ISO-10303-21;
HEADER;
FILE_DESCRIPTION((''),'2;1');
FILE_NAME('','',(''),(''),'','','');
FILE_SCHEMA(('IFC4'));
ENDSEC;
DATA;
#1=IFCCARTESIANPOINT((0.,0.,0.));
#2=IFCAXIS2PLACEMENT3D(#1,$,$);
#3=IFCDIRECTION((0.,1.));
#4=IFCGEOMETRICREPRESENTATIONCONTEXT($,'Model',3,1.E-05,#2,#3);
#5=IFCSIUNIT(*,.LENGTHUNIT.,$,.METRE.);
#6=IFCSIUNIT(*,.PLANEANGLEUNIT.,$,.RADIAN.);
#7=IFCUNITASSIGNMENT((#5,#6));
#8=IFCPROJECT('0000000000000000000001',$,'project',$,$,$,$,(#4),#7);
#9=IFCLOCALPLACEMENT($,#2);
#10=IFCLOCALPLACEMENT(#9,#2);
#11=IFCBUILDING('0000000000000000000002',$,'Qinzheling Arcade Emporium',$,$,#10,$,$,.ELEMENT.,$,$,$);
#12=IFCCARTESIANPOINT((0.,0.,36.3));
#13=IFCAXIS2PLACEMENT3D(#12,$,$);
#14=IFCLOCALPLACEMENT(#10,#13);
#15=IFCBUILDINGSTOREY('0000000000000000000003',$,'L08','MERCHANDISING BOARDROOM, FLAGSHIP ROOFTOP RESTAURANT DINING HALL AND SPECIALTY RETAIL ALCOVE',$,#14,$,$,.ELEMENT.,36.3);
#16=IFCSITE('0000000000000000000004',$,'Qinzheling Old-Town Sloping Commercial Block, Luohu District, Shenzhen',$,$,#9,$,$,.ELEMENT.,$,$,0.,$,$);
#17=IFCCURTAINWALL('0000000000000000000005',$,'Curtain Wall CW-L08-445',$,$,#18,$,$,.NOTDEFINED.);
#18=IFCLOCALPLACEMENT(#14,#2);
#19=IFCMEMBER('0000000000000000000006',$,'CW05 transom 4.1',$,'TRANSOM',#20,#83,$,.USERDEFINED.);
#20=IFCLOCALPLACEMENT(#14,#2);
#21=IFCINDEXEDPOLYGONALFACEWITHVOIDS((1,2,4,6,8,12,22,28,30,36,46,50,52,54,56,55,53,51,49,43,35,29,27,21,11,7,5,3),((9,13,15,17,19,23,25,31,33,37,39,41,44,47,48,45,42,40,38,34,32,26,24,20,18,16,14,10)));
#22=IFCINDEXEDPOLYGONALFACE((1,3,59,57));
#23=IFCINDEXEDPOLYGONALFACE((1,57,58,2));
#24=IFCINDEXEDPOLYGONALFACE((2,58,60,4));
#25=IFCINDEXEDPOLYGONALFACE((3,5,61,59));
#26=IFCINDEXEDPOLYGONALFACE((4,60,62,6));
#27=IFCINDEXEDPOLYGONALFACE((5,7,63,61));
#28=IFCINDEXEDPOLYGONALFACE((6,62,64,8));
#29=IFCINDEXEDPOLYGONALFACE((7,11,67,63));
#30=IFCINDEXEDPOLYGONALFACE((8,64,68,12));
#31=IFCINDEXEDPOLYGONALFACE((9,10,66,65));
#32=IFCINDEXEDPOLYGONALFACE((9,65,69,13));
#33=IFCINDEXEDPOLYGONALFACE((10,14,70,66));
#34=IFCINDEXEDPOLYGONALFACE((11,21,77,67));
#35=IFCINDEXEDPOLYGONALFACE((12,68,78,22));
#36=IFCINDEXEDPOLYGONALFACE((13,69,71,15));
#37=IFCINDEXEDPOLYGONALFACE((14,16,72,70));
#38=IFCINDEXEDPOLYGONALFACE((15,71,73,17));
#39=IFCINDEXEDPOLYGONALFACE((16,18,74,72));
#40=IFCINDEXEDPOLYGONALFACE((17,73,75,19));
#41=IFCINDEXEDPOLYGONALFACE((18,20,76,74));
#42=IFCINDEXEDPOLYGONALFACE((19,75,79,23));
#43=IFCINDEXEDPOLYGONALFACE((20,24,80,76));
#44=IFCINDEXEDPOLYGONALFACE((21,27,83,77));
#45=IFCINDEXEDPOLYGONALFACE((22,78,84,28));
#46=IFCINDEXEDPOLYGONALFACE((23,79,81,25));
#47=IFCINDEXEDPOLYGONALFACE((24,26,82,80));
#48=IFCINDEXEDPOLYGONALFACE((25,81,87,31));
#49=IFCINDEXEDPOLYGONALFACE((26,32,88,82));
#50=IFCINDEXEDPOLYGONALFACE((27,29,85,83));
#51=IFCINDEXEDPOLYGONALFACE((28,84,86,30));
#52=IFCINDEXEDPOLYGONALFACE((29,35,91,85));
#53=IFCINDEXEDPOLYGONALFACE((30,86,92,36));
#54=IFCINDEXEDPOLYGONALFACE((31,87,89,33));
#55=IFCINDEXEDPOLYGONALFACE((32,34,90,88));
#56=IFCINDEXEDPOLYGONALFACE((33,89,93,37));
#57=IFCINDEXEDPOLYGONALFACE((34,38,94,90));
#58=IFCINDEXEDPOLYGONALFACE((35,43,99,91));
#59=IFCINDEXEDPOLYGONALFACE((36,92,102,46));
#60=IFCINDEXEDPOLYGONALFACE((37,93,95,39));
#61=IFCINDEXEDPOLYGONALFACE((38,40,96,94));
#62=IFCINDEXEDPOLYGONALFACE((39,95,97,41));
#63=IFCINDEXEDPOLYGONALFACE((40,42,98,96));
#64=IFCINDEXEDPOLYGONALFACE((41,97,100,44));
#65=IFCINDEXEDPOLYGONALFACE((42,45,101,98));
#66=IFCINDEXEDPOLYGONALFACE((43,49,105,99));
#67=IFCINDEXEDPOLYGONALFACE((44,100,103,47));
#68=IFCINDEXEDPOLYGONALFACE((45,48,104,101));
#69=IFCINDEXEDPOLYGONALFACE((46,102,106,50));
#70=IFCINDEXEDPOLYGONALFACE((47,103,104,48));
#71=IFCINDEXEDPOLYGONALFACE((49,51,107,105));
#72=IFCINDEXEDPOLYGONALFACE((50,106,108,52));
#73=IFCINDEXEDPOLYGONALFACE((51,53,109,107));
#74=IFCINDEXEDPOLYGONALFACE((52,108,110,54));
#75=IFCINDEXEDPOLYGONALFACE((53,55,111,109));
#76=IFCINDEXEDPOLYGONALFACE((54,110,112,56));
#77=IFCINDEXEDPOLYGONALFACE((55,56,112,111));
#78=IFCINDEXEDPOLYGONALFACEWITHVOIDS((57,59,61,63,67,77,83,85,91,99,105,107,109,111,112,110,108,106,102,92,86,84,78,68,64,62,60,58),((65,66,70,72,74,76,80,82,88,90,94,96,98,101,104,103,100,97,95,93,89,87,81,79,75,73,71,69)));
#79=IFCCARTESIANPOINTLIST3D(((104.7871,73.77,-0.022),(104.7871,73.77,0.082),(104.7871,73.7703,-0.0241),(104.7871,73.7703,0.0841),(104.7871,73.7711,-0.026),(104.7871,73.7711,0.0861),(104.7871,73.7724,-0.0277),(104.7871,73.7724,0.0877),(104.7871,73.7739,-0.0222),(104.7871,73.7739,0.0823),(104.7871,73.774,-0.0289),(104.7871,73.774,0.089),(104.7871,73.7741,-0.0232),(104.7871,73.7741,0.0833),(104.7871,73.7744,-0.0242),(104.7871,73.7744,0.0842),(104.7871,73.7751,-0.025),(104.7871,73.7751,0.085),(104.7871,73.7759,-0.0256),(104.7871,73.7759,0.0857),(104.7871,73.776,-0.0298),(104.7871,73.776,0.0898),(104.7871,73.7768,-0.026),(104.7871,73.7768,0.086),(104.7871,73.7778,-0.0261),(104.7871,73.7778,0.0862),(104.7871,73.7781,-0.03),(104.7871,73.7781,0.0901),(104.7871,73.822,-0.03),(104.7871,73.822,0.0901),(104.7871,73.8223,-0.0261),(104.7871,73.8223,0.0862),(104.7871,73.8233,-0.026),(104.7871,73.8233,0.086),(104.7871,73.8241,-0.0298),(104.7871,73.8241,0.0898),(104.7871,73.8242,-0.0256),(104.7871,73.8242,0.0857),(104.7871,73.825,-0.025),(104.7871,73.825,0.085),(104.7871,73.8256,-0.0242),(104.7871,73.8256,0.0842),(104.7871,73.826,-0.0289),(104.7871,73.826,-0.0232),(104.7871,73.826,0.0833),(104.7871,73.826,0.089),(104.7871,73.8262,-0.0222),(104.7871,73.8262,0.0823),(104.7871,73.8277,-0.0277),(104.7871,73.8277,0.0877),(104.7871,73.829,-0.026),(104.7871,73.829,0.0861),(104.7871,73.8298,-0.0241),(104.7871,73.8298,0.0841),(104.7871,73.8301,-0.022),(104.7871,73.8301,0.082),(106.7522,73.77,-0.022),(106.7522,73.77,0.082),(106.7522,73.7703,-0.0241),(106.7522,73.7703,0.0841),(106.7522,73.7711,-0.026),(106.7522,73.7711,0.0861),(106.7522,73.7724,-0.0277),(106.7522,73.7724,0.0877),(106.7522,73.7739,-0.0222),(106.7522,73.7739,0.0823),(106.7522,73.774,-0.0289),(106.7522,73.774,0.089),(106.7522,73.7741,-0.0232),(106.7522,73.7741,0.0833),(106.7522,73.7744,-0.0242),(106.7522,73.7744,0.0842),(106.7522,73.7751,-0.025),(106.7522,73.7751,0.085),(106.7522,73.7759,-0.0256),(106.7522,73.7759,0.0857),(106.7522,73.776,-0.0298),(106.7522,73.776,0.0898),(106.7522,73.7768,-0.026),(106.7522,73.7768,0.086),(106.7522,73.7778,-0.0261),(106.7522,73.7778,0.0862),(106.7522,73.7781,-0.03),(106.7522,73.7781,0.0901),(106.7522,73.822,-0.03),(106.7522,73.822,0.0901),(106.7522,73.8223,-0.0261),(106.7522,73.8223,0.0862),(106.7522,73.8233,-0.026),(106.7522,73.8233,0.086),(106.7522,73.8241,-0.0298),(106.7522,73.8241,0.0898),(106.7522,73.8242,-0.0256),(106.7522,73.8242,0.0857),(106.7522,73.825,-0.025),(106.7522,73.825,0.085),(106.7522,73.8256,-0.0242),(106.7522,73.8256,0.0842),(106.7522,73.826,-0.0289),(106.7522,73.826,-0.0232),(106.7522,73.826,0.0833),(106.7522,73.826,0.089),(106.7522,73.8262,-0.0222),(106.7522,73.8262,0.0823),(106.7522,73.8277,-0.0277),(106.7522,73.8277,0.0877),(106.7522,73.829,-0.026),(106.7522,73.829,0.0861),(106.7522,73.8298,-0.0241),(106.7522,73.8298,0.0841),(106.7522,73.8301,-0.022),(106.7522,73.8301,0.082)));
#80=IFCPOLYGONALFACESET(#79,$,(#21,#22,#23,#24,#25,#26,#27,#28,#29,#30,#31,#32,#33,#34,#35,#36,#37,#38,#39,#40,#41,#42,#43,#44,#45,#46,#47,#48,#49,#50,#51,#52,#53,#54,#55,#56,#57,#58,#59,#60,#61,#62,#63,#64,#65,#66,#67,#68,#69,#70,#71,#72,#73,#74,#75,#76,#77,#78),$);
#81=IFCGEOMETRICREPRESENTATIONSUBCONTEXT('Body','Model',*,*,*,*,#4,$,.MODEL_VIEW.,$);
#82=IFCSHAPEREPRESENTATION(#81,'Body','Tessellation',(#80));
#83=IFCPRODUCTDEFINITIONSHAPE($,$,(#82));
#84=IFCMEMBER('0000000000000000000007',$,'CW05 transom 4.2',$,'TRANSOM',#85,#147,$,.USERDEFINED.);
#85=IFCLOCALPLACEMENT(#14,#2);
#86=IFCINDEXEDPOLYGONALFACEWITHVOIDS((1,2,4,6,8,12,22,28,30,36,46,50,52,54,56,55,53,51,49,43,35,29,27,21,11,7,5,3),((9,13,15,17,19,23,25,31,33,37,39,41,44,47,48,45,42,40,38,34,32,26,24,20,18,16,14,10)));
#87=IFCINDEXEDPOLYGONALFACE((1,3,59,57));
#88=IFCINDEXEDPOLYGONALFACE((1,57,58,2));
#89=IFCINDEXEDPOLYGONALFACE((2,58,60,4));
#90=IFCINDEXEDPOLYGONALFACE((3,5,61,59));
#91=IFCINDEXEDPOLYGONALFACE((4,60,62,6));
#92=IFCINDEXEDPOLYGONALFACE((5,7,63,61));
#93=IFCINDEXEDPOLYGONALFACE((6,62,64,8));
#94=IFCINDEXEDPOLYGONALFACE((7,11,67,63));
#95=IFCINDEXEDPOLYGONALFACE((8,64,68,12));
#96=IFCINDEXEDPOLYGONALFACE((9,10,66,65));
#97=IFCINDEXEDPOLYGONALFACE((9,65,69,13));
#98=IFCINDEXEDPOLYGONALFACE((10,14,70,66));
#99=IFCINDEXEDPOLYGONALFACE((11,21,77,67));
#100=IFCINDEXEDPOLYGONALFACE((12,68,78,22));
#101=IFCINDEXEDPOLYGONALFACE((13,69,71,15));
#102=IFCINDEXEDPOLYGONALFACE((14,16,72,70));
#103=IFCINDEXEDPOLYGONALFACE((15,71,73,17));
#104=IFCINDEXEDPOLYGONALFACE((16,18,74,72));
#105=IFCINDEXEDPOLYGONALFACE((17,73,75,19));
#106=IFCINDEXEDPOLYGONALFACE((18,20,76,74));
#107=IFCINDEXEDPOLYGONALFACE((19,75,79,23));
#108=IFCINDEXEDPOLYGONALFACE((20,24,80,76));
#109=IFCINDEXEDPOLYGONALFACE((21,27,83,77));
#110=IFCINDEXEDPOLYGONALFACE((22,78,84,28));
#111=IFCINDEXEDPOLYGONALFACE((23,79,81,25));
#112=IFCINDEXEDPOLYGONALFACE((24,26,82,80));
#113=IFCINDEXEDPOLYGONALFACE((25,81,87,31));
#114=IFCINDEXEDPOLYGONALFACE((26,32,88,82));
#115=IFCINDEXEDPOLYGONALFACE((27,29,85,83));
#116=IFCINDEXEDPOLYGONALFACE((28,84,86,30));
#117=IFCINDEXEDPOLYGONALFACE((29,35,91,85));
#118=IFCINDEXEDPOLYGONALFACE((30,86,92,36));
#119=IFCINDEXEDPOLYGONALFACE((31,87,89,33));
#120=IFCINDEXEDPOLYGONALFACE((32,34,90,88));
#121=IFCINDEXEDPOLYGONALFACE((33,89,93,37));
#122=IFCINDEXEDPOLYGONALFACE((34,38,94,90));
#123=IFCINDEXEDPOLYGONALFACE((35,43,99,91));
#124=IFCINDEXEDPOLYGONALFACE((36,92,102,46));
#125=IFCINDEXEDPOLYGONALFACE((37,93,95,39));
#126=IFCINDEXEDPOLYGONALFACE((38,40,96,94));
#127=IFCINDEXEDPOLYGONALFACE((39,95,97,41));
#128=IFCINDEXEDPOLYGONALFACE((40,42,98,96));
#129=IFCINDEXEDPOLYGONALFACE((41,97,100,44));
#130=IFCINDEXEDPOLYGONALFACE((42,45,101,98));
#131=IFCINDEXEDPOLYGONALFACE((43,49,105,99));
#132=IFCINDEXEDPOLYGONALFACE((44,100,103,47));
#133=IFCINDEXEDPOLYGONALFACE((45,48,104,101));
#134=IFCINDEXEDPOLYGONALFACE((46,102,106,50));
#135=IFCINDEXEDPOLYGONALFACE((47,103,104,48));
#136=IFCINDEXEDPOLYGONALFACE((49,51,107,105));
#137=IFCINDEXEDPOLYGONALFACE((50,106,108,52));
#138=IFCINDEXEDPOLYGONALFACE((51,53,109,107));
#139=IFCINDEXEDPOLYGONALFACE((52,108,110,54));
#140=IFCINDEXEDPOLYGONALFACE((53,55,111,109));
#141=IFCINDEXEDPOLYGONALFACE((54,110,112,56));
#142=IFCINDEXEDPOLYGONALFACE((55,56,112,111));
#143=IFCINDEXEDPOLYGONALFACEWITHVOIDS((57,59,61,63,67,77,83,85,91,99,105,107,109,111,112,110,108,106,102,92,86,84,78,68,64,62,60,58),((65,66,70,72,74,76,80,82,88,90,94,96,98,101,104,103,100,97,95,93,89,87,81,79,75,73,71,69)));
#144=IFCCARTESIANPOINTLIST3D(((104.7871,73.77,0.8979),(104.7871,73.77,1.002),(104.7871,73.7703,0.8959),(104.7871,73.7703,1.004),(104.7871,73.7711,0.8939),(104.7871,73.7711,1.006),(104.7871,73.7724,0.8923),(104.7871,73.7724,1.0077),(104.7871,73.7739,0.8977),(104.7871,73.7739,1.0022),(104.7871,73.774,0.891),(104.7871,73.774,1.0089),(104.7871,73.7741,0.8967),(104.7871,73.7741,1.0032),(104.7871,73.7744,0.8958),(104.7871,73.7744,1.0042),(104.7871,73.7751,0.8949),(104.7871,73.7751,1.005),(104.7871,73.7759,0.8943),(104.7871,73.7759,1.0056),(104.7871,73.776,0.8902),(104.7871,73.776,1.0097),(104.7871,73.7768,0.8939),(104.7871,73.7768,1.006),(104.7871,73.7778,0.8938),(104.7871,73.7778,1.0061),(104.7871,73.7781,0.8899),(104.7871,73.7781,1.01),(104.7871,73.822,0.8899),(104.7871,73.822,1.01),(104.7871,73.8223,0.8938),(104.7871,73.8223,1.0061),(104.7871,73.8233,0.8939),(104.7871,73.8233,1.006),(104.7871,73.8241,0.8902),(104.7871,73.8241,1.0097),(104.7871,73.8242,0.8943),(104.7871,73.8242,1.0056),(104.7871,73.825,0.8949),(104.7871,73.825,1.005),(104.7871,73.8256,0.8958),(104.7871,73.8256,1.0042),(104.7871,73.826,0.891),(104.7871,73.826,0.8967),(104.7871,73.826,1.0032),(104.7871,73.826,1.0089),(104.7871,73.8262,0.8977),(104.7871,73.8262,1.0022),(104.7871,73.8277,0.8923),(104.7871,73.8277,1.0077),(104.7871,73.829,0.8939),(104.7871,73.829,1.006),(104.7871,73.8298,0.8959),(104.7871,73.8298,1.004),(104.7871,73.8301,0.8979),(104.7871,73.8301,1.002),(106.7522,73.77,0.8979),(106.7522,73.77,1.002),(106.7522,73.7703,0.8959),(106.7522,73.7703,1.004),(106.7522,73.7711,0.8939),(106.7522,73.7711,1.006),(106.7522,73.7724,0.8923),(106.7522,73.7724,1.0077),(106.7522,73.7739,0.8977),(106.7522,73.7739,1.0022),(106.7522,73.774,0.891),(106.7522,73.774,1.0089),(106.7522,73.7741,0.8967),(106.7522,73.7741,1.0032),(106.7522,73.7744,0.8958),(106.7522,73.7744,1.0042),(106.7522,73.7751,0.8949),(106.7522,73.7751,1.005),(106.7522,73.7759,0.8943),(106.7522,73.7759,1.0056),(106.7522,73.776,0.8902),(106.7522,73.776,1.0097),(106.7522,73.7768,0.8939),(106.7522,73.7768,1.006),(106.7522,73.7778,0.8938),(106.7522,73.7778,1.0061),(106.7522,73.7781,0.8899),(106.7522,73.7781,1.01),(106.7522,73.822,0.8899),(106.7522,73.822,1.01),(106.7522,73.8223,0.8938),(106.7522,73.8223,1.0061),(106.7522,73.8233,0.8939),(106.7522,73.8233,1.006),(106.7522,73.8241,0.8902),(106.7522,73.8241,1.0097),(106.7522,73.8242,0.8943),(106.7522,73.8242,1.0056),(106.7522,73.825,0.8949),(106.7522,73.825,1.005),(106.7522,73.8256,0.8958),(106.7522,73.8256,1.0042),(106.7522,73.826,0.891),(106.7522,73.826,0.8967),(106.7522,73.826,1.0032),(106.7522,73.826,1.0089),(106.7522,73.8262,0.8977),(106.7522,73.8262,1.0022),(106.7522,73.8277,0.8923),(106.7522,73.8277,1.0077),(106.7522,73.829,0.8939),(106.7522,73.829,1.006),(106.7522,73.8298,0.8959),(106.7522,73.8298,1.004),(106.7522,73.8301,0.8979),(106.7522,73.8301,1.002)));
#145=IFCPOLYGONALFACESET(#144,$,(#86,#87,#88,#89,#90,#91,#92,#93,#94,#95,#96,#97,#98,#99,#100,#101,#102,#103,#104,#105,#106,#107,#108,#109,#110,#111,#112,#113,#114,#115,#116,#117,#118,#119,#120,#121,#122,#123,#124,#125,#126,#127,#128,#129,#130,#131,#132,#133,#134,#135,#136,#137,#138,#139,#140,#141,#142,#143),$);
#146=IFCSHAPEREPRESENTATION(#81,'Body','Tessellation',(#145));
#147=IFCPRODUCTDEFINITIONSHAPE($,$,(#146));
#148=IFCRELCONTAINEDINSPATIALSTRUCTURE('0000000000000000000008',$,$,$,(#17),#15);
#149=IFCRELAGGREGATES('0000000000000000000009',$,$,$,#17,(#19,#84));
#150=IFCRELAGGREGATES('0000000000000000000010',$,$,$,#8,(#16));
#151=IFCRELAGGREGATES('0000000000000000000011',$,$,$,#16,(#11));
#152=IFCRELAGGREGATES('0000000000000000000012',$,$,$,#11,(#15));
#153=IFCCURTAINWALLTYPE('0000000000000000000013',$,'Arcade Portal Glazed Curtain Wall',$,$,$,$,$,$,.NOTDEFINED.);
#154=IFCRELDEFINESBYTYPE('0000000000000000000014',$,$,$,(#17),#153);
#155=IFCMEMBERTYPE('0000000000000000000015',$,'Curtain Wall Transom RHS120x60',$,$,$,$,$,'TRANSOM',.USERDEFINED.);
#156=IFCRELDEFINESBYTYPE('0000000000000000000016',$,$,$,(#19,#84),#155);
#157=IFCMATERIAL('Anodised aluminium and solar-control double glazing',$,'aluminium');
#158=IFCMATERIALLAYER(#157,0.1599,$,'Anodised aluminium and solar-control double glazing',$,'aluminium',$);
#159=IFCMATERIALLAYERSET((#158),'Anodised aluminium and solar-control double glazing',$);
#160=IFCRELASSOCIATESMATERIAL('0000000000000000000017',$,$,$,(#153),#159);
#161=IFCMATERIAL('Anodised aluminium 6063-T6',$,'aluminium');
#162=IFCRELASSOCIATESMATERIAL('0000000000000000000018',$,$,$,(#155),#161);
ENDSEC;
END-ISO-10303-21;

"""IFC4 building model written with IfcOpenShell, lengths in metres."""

from ifc_helpers import new_model, si_unit, direction, frame, origin, origin_2d, place, context, subcontext, project, spatial, hollow_rectangle, extrude, material, layer, layer_set, material_profile, profile_set, type_object, element, aggregate, save


model = new_model("IFC4")

# Units and contexts
model_context = context("Model", 3, precision=1e-05, world=origin(), true_north=direction((0.0, 1.0)))
body_context = subcontext(model_context, "Body", "Model", "MODEL_VIEW")
ifc_project = project(units=[si_unit("LENGTHUNIT", "METRE"), si_unit("PLANEANGLEUNIT", "RADIAN")], contexts=[model_context])

# Site, building, storey
site_placement = place(None, origin())
site = spatial("IfcSite", under=ifc_project, at=site_placement, Name="Qinzheling Old-Town Sloping Commercial Block, Luohu District, Shenzhen", CompositionType="ELEMENT", RefElevation=0.0)
building_placement = place(site_placement, origin())
building = spatial("IfcBuilding", under=site, at=building_placement, Name="Qinzheling Arcade Emporium", CompositionType="ELEMENT")
storey_placement = place(building_placement, frame((0.0, 0.0, 36.3)))
storey = spatial("IfcBuildingStorey", under=building, at=storey_placement, Name="L08", Description="MERCHANDISING BOARDROOM, FLAGSHIP ROOFTOP RESTAURANT DINING HALL AND SPECIALTY RETAIL ALCOVE", CompositionType="ELEMENT", Elevation=36.3)

# Curtain wall, members
ifc_material_1 = material(Name="Anodised aluminium and solar-control double glazing", Category="aluminium")
ifc_layer_1 = layer(ifc_material_1, 0.1599, Name="Anodised aluminium and solar-control double glazing", Category="aluminium")
ifc_layer_set_1 = layer_set([ifc_layer_1], Name="Anodised aluminium and solar-control double glazing")
curtain_wall_type = type_object("IfcCurtainWallType", Name="Arcade Portal Glazed Curtain Wall", PredefinedType="NOTDEFINED", material=ifc_layer_set_1)
curtain_wall_placement = place(storey_placement, origin())
curtain_wall = element("IfcCurtainWall", 1, at=curtain_wall_placement, inside=storey, type_object=curtain_wall_type, Name="Curtain Wall CW-L08-445", PredefinedType="NOTDEFINED")
ifc_material_2 = material(Name="Anodised aluminium 6063-T6", Category="aluminium")
ifc_material_profile_1 = material_profile(ifc_material_2, hollow_rectangle(XDim=0.0601, YDim=0.1201, WallThickness=0.0039, InnerFilletRadius=0.0039, OuterFilletRadius=0.0081, at=origin_2d()), Name="RHS 120x60x4", Category="aluminium")
ifc_profile_set_1 = profile_set([ifc_material_profile_1], Name="Anodised aluminium 6063-T6")
member_type_1 = type_object("IfcMemberType", Name="Curtain Wall Transom RHS120x60", ElementType="TRANSOM", PredefinedType="USERDEFINED", material=ifc_profile_set_1)
member_1_placement = place(storey_placement, frame((106.7522, 73.8, 0.03), z_axis=(-1.0, 0.0, 0.0), x_axis=(0.0, -1.0, 0.0)))
member_1 = element("IfcMember", 2, at=member_1_placement, type_object=member_type_1, Name="CW05 transom 4.1", ObjectType="TRANSOM", PredefinedType="USERDEFINED", context=body_context, shape_type="SweptSolid", body=[
    extrude(hollow_rectangle(XDim=0.0601, YDim=0.1201, WallThickness=0.0039, InnerFilletRadius=0.0039, OuterFilletRadius=0.0081, at=origin_2d()), origin(), (0.0, 0.0, 1.0), 1.9651),
])
member_2_placement = place(storey_placement, frame((106.7522, 73.8, 0.95), z_axis=(-1.0, 0.0, 0.0), x_axis=(0.0, -1.0, 0.0)))
member_2 = element("IfcMember", 3, at=member_2_placement, type_object=member_type_1, Name="CW05 transom 4.2", ObjectType="TRANSOM", PredefinedType="USERDEFINED", context=body_context, shape_type="SweptSolid", body=[
    extrude(hollow_rectangle(XDim=0.0601, YDim=0.1201, WallThickness=0.0039, InnerFilletRadius=0.0039, OuterFilletRadius=0.0081, at=origin_2d()), origin(), (0.0, 0.0, 1.0), 1.9651),
])

aggregate(curtain_wall, [member_1, member_2])

save(model, "model.ifc")
